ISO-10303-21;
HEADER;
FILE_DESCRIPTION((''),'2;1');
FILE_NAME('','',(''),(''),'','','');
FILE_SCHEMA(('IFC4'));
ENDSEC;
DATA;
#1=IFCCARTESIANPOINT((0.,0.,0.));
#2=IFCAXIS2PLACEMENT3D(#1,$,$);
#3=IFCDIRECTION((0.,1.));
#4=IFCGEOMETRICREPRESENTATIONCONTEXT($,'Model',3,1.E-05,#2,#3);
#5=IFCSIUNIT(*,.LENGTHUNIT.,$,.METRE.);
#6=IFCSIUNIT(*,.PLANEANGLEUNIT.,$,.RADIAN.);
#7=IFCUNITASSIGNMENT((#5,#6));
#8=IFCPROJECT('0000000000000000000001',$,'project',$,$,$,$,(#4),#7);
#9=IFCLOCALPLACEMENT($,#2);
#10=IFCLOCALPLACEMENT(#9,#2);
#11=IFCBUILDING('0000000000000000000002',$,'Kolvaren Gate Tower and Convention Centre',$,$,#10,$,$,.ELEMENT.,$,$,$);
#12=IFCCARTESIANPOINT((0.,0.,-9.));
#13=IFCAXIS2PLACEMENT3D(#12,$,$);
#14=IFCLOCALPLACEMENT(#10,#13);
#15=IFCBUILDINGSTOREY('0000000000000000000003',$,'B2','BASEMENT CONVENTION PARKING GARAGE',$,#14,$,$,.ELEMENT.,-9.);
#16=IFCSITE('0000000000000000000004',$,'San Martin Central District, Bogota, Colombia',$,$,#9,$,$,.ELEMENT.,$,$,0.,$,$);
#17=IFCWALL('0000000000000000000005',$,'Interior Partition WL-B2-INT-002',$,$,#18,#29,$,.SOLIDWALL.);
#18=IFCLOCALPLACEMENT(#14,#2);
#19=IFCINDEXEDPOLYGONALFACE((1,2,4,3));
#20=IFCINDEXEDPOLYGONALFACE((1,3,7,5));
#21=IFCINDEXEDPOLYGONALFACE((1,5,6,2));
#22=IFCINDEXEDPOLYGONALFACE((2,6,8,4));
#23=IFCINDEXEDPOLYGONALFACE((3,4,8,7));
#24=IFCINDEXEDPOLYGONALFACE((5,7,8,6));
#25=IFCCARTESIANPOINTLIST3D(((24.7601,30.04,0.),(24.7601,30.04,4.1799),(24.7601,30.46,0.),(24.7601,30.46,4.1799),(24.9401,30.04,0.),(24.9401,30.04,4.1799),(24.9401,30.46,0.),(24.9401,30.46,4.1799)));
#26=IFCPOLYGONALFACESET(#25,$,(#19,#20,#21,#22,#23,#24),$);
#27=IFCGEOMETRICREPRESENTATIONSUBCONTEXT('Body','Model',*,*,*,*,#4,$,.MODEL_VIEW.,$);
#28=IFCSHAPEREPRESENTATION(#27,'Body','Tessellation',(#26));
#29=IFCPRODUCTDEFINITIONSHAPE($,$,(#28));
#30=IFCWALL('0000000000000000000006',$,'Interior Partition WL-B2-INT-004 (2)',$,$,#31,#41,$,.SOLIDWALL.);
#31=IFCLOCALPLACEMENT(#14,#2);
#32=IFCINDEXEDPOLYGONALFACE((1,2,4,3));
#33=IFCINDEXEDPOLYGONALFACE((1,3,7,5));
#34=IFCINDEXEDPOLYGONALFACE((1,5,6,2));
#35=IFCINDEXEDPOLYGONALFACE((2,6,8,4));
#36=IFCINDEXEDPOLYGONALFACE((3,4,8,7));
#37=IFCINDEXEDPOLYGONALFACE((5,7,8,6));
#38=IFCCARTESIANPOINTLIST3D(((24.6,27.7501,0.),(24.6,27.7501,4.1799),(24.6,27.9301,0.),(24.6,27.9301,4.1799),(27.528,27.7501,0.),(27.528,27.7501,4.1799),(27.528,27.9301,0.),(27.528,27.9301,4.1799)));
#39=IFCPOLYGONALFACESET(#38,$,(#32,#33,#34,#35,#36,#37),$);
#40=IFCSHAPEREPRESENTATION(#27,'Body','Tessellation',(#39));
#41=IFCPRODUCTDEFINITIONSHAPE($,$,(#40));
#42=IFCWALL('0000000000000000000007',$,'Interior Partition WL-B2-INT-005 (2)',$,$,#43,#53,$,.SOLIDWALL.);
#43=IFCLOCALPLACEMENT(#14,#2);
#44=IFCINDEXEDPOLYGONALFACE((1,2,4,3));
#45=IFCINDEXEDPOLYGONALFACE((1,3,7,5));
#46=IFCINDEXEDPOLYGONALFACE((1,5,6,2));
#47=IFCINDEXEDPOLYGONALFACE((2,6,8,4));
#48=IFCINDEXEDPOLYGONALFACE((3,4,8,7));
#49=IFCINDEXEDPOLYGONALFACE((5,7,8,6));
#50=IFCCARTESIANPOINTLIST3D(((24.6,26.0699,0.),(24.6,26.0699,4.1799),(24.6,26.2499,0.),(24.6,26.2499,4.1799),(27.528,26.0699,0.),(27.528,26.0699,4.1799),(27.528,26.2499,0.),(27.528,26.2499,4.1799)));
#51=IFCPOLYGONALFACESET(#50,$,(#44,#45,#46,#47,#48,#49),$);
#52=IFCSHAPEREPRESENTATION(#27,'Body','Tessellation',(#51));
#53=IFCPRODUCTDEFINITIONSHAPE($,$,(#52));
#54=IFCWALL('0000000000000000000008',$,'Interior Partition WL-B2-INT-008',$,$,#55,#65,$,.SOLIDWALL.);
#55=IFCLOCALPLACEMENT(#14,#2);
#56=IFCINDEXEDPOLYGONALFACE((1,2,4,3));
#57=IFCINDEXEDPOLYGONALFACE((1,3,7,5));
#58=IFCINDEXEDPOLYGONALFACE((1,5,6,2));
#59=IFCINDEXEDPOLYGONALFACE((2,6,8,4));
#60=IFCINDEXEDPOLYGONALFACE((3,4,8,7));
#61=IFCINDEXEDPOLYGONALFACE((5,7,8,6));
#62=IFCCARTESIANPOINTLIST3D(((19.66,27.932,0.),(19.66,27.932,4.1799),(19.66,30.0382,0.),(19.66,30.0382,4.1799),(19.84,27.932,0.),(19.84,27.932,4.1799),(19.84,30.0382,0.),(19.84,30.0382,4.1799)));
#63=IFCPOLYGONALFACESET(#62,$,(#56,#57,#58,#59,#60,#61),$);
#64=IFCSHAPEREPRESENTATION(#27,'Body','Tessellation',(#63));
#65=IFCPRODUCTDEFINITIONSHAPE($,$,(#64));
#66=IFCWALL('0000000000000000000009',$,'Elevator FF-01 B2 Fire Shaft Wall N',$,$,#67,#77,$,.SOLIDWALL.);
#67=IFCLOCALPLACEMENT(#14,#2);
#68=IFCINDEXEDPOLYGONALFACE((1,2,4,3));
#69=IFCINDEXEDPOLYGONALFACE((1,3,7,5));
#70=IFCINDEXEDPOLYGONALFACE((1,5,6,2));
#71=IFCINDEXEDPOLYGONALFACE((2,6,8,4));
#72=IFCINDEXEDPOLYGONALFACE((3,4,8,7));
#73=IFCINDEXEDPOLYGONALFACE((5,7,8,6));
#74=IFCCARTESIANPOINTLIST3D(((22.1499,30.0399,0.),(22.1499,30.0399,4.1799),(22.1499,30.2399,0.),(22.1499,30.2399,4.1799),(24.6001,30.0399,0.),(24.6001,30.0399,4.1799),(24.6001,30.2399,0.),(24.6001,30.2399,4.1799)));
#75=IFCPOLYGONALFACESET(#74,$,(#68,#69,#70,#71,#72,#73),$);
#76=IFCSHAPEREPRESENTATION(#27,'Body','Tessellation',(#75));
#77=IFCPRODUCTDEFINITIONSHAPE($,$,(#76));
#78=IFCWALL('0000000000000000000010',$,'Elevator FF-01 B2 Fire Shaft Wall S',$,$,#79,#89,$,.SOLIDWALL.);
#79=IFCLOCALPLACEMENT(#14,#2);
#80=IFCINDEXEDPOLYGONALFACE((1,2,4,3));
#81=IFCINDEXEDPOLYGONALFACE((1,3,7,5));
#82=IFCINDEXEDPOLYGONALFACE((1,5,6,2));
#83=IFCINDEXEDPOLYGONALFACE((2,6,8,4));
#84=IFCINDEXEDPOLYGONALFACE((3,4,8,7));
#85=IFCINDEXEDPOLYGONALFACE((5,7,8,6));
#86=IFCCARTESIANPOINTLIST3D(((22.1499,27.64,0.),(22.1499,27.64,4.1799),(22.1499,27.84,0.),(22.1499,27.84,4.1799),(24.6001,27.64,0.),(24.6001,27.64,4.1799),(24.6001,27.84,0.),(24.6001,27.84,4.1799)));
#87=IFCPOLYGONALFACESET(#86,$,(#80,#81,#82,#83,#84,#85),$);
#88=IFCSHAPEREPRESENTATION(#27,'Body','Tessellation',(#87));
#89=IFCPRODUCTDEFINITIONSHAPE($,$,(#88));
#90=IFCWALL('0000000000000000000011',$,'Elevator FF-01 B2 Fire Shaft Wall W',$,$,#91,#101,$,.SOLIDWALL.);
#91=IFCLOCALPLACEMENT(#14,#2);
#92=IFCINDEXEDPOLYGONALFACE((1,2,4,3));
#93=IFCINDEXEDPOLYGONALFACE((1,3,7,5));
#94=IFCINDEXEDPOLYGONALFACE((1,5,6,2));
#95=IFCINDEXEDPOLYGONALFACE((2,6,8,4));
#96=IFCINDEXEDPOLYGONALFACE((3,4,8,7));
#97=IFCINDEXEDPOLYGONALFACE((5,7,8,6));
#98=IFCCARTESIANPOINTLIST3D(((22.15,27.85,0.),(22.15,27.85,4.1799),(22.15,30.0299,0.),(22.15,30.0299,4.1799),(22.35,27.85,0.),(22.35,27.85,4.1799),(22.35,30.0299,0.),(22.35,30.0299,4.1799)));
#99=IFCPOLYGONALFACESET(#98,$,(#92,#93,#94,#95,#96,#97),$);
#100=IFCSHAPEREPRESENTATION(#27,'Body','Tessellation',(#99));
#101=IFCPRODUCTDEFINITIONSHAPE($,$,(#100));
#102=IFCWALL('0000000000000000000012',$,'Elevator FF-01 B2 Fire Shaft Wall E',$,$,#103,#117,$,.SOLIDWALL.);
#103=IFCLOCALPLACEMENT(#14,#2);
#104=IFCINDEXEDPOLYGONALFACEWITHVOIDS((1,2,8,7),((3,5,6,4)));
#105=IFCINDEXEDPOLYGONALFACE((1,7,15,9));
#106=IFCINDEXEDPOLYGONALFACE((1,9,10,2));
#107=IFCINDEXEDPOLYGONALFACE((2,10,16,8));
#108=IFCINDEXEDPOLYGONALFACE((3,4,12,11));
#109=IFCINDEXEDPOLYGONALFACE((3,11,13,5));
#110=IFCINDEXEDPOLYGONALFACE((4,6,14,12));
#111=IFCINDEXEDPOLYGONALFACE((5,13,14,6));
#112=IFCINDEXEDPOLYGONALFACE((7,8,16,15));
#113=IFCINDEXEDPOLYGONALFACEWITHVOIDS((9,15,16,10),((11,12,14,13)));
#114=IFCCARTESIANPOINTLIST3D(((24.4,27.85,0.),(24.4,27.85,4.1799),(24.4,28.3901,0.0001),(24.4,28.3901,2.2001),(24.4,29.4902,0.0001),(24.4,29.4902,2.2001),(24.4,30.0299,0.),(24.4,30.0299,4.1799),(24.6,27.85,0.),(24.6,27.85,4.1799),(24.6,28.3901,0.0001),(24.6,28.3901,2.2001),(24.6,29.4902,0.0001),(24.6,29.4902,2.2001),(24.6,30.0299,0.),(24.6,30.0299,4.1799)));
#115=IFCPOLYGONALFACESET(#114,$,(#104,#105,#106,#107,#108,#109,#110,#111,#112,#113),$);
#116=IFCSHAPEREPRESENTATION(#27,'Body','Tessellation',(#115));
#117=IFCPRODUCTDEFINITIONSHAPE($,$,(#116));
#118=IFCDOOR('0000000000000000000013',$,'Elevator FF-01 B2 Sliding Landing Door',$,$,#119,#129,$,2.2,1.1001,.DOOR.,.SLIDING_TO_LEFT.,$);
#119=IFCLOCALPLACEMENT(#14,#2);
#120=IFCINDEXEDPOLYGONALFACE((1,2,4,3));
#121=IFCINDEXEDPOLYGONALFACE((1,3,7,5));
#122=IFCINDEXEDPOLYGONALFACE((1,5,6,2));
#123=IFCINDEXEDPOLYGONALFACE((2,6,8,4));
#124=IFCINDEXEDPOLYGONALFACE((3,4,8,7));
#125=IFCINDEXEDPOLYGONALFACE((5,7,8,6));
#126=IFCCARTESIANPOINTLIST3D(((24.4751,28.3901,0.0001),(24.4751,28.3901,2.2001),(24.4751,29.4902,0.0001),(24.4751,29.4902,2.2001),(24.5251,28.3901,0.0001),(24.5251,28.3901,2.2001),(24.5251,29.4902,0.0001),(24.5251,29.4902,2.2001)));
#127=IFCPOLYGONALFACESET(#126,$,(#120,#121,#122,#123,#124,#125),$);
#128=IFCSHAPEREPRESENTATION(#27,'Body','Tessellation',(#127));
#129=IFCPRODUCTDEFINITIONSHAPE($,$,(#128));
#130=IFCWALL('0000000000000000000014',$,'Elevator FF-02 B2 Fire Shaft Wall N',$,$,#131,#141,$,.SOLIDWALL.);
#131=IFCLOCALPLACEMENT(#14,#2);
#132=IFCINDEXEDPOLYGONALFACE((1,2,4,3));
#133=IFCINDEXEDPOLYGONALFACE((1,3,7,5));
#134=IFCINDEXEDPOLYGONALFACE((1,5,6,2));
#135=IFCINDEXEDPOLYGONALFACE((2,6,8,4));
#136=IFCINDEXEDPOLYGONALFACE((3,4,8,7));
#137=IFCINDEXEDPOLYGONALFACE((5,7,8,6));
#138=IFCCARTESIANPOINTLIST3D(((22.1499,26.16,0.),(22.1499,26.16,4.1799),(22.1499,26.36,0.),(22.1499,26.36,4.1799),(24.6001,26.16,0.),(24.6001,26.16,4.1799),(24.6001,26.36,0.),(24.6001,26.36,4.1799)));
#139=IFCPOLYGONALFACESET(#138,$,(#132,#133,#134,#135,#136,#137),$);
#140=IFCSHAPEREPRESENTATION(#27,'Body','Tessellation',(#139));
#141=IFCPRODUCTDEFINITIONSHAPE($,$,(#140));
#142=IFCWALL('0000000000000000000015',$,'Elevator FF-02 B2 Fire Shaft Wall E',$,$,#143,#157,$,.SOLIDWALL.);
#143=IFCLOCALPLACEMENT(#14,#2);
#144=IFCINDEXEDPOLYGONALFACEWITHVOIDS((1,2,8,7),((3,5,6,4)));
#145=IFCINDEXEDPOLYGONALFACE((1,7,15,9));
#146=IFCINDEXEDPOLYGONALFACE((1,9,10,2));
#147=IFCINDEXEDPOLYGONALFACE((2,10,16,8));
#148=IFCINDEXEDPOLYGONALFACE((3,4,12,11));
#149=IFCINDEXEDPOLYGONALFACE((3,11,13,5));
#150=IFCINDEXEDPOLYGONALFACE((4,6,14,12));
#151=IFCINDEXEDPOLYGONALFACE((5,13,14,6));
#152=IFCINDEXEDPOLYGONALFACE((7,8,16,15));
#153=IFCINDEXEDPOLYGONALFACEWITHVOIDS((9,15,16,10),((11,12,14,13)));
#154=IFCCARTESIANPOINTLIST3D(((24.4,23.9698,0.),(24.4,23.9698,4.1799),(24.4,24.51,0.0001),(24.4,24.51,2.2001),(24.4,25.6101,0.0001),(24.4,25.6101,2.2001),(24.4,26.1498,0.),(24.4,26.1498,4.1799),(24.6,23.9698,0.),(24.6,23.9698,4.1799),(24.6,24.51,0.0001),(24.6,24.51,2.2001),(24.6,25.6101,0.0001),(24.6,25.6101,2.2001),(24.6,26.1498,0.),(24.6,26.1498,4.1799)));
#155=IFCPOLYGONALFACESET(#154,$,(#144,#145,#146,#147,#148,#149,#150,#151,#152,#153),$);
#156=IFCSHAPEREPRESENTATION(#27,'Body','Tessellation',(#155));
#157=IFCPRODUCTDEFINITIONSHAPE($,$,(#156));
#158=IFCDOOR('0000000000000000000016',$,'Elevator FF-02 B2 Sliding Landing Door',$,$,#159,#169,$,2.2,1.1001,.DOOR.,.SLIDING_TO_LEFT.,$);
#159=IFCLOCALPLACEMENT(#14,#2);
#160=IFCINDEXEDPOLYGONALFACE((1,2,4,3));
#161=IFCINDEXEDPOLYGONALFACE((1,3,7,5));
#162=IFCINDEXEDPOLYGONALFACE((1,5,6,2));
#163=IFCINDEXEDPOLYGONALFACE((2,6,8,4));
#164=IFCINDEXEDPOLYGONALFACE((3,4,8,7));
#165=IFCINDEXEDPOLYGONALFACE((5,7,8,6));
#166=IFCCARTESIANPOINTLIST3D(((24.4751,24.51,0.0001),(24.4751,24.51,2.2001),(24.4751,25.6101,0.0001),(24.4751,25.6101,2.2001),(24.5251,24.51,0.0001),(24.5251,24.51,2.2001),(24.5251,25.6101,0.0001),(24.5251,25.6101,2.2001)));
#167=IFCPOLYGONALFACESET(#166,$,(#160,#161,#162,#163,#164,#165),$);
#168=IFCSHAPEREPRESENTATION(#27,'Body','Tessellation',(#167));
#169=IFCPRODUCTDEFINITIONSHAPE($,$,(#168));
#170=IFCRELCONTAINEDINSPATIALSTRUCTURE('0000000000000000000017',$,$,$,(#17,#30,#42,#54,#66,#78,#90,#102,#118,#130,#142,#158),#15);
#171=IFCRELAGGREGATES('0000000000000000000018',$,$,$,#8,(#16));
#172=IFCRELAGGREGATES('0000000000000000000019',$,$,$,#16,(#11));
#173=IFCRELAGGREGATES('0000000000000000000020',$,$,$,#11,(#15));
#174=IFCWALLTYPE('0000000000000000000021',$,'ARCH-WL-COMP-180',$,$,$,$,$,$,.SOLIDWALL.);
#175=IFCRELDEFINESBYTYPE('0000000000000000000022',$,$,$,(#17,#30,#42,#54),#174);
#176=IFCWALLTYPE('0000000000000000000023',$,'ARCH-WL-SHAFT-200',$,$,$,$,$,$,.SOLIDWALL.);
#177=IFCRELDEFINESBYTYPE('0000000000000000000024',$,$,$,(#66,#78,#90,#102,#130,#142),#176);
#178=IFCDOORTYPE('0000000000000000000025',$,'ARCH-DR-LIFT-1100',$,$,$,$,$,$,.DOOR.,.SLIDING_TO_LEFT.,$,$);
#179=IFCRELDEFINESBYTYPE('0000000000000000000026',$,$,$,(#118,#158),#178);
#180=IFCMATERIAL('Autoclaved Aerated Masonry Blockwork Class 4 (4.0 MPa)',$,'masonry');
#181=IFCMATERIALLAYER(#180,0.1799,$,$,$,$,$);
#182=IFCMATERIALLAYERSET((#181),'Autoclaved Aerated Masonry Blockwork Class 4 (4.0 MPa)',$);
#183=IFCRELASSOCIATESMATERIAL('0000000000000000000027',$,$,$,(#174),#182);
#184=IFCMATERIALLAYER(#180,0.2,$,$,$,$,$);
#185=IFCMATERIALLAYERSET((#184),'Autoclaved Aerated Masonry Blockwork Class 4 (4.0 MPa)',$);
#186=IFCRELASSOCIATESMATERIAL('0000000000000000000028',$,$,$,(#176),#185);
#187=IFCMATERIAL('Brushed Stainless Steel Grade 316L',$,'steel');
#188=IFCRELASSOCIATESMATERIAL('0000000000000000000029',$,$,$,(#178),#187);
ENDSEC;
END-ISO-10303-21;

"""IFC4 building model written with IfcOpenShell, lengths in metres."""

from ifc_helpers import new_model, si_unit, direction, frame, frame_2d, origin, place, context, subcontext, project, spatial, rectangle, extrude, material, layer, layer_set, type_object, element, fill, save


model = new_model("IFC4")

# Units and contexts
model_context = context("Model", 3, precision=1e-05, world=origin(), true_north=direction((0.0, 1.0)))
body_context = subcontext(model_context, "Body", "Model", "MODEL_VIEW")
ifc_project = project(units=[si_unit("LENGTHUNIT", "METRE"), si_unit("PLANEANGLEUNIT", "RADIAN")], contexts=[model_context])

# Site, building, storey
site_placement = place(None, origin())
site = spatial("IfcSite", under=ifc_project, at=site_placement, Name="San Martin Central District, Bogota, Colombia", CompositionType="ELEMENT", RefElevation=0.0)
building_placement = place(site_placement, origin())
building = spatial("IfcBuilding", under=site, at=building_placement, Name="Kolvaren Gate Tower and Convention Centre", CompositionType="ELEMENT")
storey_placement = place(building_placement, frame((0.0, 0.0, -9.0)))
storey = spatial("IfcBuildingStorey", under=building, at=storey_placement, Name="B2", Description="BASEMENT CONVENTION PARKING GARAGE", CompositionType="ELEMENT", Elevation=-9.0)

# Walls
ifc_material_1 = material(Name="Autoclaved Aerated Masonry Blockwork Class 4 (4.0 MPa)", Category="masonry")
ifc_layer_1 = layer(ifc_material_1, 0.1799)
ifc_layer_set_1 = layer_set([ifc_layer_1], Name="Autoclaved Aerated Masonry Blockwork Class 4 (4.0 MPa)")
wall_type_1 = type_object("IfcWallType", Name="ARCH-WL-COMP-180", PredefinedType="SOLIDWALL", material=ifc_layer_set_1)
wall_1_placement = place(storey_placement, frame((24.8501, 30.04, 0.0), z_axis=(0.0, 0.0, 1.0), x_axis=(0.0, 1.0, 0.0)))
element("IfcWall", 1, at=wall_1_placement, inside=storey, type_object=wall_type_1, Name="Interior Partition WL-B2-INT-002", PredefinedType="SOLIDWALL", context=body_context, shape_type="SweptSolid", body=[
    extrude(rectangle(XDim=0.4199, YDim=0.1799, at=frame_2d((0.21, 0.0))), origin(), (0.0, 0.0, 1.0), 4.1799),
])
for number, where, z_axis, x_axis, name in (
    (2, (24.6001, 27.8401, 0.0), (0.0, 0.0, 1.0), (1.0, 0.0, 0.0), "Interior Partition WL-B2-INT-004 (2)"),
    (3, (24.6001, 26.1599, 0.0), (0.0, 0.0, 1.0), (1.0, 0.0, 0.0), "Interior Partition WL-B2-INT-005 (2)"),
):
    element("IfcWall", number, at=place(storey_placement, frame(where, z_axis=z_axis, x_axis=x_axis)), inside=storey, type_object=wall_type_1, Name=name, PredefinedType="SOLIDWALL", context=body_context, shape_type="SweptSolid", body=[
        extrude(rectangle(XDim=2.928, YDim=0.1799, at=frame_2d((1.4639, 0.0))), origin(), (0.0, 0.0, 1.0), 4.1799),
    ])
wall_2_placement = place(storey_placement, frame((19.75, 27.9319, 0.0), z_axis=(0.0, 0.0, 1.0), x_axis=(0.0, 1.0, 0.0)))
element("IfcWall", 4, at=wall_2_placement, inside=storey, type_object=wall_type_1, Name="Interior Partition WL-B2-INT-008", PredefinedType="SOLIDWALL", context=body_context, shape_type="SweptSolid", body=[
    extrude(rectangle(XDim=2.1062, YDim=0.1799, at=frame_2d((1.0532, 0.0))), origin(), (0.0, 0.0, 1.0), 4.1799),
])
ifc_layer_2 = layer(ifc_material_1, 0.2)
ifc_layer_set_2 = layer_set([ifc_layer_2], Name="Autoclaved Aerated Masonry Blockwork Class 4 (4.0 MPa)")
wall_type_2 = type_object("IfcWallType", Name="ARCH-WL-SHAFT-200", PredefinedType="SOLIDWALL", material=ifc_layer_set_2)
for number, where, z_axis, x_axis, name in (
    (5, (22.1499, 30.1399, 0.0), (0.0, 0.0, 1.0), (1.0, 0.0, 0.0), "Elevator FF-01 B2 Fire Shaft Wall N"),
    (6, (22.1499, 27.74, 0.0), (0.0, 0.0, 1.0), (1.0, 0.0, 0.0), "Elevator FF-01 B2 Fire Shaft Wall S"),
):
    element("IfcWall", number, at=place(storey_placement, frame(where, z_axis=z_axis, x_axis=x_axis)), inside=storey, type_object=wall_type_2, Name=name, PredefinedType="SOLIDWALL", context=body_context, shape_type="SweptSolid", body=[
        extrude(rectangle(XDim=2.4502, YDim=0.2, at=frame_2d((1.2251, 0.0))), origin(), (0.0, 0.0, 1.0), 4.1799),
    ])
wall_3_placement = place(storey_placement, frame((22.25, 27.8501, 0.0), z_axis=(0.0, 0.0, 1.0), x_axis=(0.0, 1.0, 0.0)))
element("IfcWall", 7, at=wall_3_placement, inside=storey, type_object=wall_type_2, Name="Elevator FF-01 B2 Fire Shaft Wall W", PredefinedType="SOLIDWALL", context=body_context, shape_type="SweptSolid", body=[
    extrude(rectangle(XDim=2.1799, YDim=0.2, at=frame_2d((1.0898, 0.0))), origin(), (0.0, 0.0, 1.0), 4.1799),
])

# Wall, opening, door
wall_4_placement = place(storey_placement, frame((24.5, 27.8501, 0.0), z_axis=(0.0, 0.0, 1.0), x_axis=(0.0, 1.0, 0.0)))
wall_4 = element("IfcWall", 8, at=wall_4_placement, inside=storey, type_object=wall_type_2, Name="Elevator FF-01 B2 Fire Shaft Wall E", PredefinedType="SOLIDWALL", context=body_context, shape_type="SweptSolid", body=[
    extrude(rectangle(XDim=2.1799, YDim=0.2, at=frame_2d((1.0898, 0.0))), origin(), (0.0, 0.0, 1.0), 4.1799),
])
opening_1_placement = place(wall_4_placement, frame((0.54, 0.0, 0.0)))
opening_1 = element("IfcOpeningElement", 9, at=opening_1_placement, cuts=wall_4, PredefinedType="OPENING", context=body_context, shape_type="SweptSolid", body=[
    extrude(rectangle(XDim=1.1001, YDim=2.2, at=frame_2d((0.55, 1.1001))), frame((0.0, 0.1099, 0.0), z_axis=(0.0, -1.0, 0.0), x_axis=(1.0, 0.0, 0.0)), (0.0, 0.0, 1.0), 0.22),
])
ifc_material_2 = material(Name="Brushed Stainless Steel Grade 316L", Category="steel")
door_type_1 = type_object("IfcDoorType", Name="ARCH-DR-LIFT-1100", OperationType="SLIDING_TO_LEFT", PredefinedType="DOOR", material=ifc_material_2)
door_1_placement = place(opening_1_placement, origin())
door_1 = element("IfcDoor", 10, at=door_1_placement, inside=storey, type_object=door_type_1, Name="Elevator FF-01 B2 Sliding Landing Door", OperationType="SLIDING_TO_LEFT", OverallHeight=2.2, OverallWidth=1.1001, PredefinedType="DOOR", context=body_context, shape_type="SweptSolid", body=[
    extrude(rectangle(XDim=1.1001, YDim=2.2, at=frame_2d((0.55, 1.1001))), frame((0.0, 0.0249, 0.0), z_axis=(0.0, -1.0, 0.0), x_axis=(1.0, 0.0, 0.0)), (0.0, 0.0, 1.0), 0.05),
])
fill(opening_1, door_1)

# Wall
wall_5_placement = place(storey_placement, frame((22.1499, 26.26, 0.0), z_axis=(0.0, 0.0, 1.0), x_axis=(1.0, 0.0, 0.0)))
element("IfcWall", 11, at=wall_5_placement, inside=storey, type_object=wall_type_2, Name="Elevator FF-02 B2 Fire Shaft Wall N", PredefinedType="SOLIDWALL", context=body_context, shape_type="SweptSolid", body=[
    extrude(rectangle(XDim=2.4502, YDim=0.2, at=frame_2d((1.2251, 0.0))), origin(), (0.0, 0.0, 1.0), 4.1799),
])

# Wall, opening, door
wall_6_placement = place(storey_placement, frame((24.5, 23.97, 0.0), z_axis=(0.0, 0.0, 1.0), x_axis=(0.0, 1.0, 0.0)))
wall_6 = element("IfcWall", 12, at=wall_6_placement, inside=storey, type_object=wall_type_2, Name="Elevator FF-02 B2 Fire Shaft Wall E", PredefinedType="SOLIDWALL", context=body_context, shape_type="SweptSolid", body=[
    extrude(rectangle(XDim=2.1799, YDim=0.2, at=frame_2d((1.0898, 0.0))), origin(), (0.0, 0.0, 1.0), 4.1799),
])
opening_2_placement = place(wall_6_placement, frame((0.54, 0.0, 0.0)))
opening_2 = element("IfcOpeningElement", 13, at=opening_2_placement, cuts=wall_6, PredefinedType="OPENING", context=body_context, shape_type="SweptSolid", body=[
    extrude(rectangle(XDim=1.1001, YDim=2.2, at=frame_2d((0.55, 1.1001))), frame((0.0, 0.1099, 0.0), z_axis=(0.0, -1.0, 0.0), x_axis=(1.0, 0.0, 0.0)), (0.0, 0.0, 1.0), 0.22),
])
door_2_placement = place(opening_2_placement, origin())
door_2 = element("IfcDoor", 14, at=door_2_placement, inside=storey, type_object=door_type_1, Name="Elevator FF-02 B2 Sliding Landing Door", OperationType="SLIDING_TO_LEFT", OverallHeight=2.2, OverallWidth=1.1001, PredefinedType="DOOR", context=body_context, shape_type="SweptSolid", body=[
    extrude(rectangle(XDim=1.1001, YDim=2.2, at=frame_2d((0.55, 1.1001))), frame((0.0, 0.0249, 0.0), z_axis=(0.0, -1.0, 0.0), x_axis=(1.0, 0.0, 0.0)), (0.0, 0.0, 1.0), 0.05),
])
fill(opening_2, door_2)

save(model, "model.ifc")
